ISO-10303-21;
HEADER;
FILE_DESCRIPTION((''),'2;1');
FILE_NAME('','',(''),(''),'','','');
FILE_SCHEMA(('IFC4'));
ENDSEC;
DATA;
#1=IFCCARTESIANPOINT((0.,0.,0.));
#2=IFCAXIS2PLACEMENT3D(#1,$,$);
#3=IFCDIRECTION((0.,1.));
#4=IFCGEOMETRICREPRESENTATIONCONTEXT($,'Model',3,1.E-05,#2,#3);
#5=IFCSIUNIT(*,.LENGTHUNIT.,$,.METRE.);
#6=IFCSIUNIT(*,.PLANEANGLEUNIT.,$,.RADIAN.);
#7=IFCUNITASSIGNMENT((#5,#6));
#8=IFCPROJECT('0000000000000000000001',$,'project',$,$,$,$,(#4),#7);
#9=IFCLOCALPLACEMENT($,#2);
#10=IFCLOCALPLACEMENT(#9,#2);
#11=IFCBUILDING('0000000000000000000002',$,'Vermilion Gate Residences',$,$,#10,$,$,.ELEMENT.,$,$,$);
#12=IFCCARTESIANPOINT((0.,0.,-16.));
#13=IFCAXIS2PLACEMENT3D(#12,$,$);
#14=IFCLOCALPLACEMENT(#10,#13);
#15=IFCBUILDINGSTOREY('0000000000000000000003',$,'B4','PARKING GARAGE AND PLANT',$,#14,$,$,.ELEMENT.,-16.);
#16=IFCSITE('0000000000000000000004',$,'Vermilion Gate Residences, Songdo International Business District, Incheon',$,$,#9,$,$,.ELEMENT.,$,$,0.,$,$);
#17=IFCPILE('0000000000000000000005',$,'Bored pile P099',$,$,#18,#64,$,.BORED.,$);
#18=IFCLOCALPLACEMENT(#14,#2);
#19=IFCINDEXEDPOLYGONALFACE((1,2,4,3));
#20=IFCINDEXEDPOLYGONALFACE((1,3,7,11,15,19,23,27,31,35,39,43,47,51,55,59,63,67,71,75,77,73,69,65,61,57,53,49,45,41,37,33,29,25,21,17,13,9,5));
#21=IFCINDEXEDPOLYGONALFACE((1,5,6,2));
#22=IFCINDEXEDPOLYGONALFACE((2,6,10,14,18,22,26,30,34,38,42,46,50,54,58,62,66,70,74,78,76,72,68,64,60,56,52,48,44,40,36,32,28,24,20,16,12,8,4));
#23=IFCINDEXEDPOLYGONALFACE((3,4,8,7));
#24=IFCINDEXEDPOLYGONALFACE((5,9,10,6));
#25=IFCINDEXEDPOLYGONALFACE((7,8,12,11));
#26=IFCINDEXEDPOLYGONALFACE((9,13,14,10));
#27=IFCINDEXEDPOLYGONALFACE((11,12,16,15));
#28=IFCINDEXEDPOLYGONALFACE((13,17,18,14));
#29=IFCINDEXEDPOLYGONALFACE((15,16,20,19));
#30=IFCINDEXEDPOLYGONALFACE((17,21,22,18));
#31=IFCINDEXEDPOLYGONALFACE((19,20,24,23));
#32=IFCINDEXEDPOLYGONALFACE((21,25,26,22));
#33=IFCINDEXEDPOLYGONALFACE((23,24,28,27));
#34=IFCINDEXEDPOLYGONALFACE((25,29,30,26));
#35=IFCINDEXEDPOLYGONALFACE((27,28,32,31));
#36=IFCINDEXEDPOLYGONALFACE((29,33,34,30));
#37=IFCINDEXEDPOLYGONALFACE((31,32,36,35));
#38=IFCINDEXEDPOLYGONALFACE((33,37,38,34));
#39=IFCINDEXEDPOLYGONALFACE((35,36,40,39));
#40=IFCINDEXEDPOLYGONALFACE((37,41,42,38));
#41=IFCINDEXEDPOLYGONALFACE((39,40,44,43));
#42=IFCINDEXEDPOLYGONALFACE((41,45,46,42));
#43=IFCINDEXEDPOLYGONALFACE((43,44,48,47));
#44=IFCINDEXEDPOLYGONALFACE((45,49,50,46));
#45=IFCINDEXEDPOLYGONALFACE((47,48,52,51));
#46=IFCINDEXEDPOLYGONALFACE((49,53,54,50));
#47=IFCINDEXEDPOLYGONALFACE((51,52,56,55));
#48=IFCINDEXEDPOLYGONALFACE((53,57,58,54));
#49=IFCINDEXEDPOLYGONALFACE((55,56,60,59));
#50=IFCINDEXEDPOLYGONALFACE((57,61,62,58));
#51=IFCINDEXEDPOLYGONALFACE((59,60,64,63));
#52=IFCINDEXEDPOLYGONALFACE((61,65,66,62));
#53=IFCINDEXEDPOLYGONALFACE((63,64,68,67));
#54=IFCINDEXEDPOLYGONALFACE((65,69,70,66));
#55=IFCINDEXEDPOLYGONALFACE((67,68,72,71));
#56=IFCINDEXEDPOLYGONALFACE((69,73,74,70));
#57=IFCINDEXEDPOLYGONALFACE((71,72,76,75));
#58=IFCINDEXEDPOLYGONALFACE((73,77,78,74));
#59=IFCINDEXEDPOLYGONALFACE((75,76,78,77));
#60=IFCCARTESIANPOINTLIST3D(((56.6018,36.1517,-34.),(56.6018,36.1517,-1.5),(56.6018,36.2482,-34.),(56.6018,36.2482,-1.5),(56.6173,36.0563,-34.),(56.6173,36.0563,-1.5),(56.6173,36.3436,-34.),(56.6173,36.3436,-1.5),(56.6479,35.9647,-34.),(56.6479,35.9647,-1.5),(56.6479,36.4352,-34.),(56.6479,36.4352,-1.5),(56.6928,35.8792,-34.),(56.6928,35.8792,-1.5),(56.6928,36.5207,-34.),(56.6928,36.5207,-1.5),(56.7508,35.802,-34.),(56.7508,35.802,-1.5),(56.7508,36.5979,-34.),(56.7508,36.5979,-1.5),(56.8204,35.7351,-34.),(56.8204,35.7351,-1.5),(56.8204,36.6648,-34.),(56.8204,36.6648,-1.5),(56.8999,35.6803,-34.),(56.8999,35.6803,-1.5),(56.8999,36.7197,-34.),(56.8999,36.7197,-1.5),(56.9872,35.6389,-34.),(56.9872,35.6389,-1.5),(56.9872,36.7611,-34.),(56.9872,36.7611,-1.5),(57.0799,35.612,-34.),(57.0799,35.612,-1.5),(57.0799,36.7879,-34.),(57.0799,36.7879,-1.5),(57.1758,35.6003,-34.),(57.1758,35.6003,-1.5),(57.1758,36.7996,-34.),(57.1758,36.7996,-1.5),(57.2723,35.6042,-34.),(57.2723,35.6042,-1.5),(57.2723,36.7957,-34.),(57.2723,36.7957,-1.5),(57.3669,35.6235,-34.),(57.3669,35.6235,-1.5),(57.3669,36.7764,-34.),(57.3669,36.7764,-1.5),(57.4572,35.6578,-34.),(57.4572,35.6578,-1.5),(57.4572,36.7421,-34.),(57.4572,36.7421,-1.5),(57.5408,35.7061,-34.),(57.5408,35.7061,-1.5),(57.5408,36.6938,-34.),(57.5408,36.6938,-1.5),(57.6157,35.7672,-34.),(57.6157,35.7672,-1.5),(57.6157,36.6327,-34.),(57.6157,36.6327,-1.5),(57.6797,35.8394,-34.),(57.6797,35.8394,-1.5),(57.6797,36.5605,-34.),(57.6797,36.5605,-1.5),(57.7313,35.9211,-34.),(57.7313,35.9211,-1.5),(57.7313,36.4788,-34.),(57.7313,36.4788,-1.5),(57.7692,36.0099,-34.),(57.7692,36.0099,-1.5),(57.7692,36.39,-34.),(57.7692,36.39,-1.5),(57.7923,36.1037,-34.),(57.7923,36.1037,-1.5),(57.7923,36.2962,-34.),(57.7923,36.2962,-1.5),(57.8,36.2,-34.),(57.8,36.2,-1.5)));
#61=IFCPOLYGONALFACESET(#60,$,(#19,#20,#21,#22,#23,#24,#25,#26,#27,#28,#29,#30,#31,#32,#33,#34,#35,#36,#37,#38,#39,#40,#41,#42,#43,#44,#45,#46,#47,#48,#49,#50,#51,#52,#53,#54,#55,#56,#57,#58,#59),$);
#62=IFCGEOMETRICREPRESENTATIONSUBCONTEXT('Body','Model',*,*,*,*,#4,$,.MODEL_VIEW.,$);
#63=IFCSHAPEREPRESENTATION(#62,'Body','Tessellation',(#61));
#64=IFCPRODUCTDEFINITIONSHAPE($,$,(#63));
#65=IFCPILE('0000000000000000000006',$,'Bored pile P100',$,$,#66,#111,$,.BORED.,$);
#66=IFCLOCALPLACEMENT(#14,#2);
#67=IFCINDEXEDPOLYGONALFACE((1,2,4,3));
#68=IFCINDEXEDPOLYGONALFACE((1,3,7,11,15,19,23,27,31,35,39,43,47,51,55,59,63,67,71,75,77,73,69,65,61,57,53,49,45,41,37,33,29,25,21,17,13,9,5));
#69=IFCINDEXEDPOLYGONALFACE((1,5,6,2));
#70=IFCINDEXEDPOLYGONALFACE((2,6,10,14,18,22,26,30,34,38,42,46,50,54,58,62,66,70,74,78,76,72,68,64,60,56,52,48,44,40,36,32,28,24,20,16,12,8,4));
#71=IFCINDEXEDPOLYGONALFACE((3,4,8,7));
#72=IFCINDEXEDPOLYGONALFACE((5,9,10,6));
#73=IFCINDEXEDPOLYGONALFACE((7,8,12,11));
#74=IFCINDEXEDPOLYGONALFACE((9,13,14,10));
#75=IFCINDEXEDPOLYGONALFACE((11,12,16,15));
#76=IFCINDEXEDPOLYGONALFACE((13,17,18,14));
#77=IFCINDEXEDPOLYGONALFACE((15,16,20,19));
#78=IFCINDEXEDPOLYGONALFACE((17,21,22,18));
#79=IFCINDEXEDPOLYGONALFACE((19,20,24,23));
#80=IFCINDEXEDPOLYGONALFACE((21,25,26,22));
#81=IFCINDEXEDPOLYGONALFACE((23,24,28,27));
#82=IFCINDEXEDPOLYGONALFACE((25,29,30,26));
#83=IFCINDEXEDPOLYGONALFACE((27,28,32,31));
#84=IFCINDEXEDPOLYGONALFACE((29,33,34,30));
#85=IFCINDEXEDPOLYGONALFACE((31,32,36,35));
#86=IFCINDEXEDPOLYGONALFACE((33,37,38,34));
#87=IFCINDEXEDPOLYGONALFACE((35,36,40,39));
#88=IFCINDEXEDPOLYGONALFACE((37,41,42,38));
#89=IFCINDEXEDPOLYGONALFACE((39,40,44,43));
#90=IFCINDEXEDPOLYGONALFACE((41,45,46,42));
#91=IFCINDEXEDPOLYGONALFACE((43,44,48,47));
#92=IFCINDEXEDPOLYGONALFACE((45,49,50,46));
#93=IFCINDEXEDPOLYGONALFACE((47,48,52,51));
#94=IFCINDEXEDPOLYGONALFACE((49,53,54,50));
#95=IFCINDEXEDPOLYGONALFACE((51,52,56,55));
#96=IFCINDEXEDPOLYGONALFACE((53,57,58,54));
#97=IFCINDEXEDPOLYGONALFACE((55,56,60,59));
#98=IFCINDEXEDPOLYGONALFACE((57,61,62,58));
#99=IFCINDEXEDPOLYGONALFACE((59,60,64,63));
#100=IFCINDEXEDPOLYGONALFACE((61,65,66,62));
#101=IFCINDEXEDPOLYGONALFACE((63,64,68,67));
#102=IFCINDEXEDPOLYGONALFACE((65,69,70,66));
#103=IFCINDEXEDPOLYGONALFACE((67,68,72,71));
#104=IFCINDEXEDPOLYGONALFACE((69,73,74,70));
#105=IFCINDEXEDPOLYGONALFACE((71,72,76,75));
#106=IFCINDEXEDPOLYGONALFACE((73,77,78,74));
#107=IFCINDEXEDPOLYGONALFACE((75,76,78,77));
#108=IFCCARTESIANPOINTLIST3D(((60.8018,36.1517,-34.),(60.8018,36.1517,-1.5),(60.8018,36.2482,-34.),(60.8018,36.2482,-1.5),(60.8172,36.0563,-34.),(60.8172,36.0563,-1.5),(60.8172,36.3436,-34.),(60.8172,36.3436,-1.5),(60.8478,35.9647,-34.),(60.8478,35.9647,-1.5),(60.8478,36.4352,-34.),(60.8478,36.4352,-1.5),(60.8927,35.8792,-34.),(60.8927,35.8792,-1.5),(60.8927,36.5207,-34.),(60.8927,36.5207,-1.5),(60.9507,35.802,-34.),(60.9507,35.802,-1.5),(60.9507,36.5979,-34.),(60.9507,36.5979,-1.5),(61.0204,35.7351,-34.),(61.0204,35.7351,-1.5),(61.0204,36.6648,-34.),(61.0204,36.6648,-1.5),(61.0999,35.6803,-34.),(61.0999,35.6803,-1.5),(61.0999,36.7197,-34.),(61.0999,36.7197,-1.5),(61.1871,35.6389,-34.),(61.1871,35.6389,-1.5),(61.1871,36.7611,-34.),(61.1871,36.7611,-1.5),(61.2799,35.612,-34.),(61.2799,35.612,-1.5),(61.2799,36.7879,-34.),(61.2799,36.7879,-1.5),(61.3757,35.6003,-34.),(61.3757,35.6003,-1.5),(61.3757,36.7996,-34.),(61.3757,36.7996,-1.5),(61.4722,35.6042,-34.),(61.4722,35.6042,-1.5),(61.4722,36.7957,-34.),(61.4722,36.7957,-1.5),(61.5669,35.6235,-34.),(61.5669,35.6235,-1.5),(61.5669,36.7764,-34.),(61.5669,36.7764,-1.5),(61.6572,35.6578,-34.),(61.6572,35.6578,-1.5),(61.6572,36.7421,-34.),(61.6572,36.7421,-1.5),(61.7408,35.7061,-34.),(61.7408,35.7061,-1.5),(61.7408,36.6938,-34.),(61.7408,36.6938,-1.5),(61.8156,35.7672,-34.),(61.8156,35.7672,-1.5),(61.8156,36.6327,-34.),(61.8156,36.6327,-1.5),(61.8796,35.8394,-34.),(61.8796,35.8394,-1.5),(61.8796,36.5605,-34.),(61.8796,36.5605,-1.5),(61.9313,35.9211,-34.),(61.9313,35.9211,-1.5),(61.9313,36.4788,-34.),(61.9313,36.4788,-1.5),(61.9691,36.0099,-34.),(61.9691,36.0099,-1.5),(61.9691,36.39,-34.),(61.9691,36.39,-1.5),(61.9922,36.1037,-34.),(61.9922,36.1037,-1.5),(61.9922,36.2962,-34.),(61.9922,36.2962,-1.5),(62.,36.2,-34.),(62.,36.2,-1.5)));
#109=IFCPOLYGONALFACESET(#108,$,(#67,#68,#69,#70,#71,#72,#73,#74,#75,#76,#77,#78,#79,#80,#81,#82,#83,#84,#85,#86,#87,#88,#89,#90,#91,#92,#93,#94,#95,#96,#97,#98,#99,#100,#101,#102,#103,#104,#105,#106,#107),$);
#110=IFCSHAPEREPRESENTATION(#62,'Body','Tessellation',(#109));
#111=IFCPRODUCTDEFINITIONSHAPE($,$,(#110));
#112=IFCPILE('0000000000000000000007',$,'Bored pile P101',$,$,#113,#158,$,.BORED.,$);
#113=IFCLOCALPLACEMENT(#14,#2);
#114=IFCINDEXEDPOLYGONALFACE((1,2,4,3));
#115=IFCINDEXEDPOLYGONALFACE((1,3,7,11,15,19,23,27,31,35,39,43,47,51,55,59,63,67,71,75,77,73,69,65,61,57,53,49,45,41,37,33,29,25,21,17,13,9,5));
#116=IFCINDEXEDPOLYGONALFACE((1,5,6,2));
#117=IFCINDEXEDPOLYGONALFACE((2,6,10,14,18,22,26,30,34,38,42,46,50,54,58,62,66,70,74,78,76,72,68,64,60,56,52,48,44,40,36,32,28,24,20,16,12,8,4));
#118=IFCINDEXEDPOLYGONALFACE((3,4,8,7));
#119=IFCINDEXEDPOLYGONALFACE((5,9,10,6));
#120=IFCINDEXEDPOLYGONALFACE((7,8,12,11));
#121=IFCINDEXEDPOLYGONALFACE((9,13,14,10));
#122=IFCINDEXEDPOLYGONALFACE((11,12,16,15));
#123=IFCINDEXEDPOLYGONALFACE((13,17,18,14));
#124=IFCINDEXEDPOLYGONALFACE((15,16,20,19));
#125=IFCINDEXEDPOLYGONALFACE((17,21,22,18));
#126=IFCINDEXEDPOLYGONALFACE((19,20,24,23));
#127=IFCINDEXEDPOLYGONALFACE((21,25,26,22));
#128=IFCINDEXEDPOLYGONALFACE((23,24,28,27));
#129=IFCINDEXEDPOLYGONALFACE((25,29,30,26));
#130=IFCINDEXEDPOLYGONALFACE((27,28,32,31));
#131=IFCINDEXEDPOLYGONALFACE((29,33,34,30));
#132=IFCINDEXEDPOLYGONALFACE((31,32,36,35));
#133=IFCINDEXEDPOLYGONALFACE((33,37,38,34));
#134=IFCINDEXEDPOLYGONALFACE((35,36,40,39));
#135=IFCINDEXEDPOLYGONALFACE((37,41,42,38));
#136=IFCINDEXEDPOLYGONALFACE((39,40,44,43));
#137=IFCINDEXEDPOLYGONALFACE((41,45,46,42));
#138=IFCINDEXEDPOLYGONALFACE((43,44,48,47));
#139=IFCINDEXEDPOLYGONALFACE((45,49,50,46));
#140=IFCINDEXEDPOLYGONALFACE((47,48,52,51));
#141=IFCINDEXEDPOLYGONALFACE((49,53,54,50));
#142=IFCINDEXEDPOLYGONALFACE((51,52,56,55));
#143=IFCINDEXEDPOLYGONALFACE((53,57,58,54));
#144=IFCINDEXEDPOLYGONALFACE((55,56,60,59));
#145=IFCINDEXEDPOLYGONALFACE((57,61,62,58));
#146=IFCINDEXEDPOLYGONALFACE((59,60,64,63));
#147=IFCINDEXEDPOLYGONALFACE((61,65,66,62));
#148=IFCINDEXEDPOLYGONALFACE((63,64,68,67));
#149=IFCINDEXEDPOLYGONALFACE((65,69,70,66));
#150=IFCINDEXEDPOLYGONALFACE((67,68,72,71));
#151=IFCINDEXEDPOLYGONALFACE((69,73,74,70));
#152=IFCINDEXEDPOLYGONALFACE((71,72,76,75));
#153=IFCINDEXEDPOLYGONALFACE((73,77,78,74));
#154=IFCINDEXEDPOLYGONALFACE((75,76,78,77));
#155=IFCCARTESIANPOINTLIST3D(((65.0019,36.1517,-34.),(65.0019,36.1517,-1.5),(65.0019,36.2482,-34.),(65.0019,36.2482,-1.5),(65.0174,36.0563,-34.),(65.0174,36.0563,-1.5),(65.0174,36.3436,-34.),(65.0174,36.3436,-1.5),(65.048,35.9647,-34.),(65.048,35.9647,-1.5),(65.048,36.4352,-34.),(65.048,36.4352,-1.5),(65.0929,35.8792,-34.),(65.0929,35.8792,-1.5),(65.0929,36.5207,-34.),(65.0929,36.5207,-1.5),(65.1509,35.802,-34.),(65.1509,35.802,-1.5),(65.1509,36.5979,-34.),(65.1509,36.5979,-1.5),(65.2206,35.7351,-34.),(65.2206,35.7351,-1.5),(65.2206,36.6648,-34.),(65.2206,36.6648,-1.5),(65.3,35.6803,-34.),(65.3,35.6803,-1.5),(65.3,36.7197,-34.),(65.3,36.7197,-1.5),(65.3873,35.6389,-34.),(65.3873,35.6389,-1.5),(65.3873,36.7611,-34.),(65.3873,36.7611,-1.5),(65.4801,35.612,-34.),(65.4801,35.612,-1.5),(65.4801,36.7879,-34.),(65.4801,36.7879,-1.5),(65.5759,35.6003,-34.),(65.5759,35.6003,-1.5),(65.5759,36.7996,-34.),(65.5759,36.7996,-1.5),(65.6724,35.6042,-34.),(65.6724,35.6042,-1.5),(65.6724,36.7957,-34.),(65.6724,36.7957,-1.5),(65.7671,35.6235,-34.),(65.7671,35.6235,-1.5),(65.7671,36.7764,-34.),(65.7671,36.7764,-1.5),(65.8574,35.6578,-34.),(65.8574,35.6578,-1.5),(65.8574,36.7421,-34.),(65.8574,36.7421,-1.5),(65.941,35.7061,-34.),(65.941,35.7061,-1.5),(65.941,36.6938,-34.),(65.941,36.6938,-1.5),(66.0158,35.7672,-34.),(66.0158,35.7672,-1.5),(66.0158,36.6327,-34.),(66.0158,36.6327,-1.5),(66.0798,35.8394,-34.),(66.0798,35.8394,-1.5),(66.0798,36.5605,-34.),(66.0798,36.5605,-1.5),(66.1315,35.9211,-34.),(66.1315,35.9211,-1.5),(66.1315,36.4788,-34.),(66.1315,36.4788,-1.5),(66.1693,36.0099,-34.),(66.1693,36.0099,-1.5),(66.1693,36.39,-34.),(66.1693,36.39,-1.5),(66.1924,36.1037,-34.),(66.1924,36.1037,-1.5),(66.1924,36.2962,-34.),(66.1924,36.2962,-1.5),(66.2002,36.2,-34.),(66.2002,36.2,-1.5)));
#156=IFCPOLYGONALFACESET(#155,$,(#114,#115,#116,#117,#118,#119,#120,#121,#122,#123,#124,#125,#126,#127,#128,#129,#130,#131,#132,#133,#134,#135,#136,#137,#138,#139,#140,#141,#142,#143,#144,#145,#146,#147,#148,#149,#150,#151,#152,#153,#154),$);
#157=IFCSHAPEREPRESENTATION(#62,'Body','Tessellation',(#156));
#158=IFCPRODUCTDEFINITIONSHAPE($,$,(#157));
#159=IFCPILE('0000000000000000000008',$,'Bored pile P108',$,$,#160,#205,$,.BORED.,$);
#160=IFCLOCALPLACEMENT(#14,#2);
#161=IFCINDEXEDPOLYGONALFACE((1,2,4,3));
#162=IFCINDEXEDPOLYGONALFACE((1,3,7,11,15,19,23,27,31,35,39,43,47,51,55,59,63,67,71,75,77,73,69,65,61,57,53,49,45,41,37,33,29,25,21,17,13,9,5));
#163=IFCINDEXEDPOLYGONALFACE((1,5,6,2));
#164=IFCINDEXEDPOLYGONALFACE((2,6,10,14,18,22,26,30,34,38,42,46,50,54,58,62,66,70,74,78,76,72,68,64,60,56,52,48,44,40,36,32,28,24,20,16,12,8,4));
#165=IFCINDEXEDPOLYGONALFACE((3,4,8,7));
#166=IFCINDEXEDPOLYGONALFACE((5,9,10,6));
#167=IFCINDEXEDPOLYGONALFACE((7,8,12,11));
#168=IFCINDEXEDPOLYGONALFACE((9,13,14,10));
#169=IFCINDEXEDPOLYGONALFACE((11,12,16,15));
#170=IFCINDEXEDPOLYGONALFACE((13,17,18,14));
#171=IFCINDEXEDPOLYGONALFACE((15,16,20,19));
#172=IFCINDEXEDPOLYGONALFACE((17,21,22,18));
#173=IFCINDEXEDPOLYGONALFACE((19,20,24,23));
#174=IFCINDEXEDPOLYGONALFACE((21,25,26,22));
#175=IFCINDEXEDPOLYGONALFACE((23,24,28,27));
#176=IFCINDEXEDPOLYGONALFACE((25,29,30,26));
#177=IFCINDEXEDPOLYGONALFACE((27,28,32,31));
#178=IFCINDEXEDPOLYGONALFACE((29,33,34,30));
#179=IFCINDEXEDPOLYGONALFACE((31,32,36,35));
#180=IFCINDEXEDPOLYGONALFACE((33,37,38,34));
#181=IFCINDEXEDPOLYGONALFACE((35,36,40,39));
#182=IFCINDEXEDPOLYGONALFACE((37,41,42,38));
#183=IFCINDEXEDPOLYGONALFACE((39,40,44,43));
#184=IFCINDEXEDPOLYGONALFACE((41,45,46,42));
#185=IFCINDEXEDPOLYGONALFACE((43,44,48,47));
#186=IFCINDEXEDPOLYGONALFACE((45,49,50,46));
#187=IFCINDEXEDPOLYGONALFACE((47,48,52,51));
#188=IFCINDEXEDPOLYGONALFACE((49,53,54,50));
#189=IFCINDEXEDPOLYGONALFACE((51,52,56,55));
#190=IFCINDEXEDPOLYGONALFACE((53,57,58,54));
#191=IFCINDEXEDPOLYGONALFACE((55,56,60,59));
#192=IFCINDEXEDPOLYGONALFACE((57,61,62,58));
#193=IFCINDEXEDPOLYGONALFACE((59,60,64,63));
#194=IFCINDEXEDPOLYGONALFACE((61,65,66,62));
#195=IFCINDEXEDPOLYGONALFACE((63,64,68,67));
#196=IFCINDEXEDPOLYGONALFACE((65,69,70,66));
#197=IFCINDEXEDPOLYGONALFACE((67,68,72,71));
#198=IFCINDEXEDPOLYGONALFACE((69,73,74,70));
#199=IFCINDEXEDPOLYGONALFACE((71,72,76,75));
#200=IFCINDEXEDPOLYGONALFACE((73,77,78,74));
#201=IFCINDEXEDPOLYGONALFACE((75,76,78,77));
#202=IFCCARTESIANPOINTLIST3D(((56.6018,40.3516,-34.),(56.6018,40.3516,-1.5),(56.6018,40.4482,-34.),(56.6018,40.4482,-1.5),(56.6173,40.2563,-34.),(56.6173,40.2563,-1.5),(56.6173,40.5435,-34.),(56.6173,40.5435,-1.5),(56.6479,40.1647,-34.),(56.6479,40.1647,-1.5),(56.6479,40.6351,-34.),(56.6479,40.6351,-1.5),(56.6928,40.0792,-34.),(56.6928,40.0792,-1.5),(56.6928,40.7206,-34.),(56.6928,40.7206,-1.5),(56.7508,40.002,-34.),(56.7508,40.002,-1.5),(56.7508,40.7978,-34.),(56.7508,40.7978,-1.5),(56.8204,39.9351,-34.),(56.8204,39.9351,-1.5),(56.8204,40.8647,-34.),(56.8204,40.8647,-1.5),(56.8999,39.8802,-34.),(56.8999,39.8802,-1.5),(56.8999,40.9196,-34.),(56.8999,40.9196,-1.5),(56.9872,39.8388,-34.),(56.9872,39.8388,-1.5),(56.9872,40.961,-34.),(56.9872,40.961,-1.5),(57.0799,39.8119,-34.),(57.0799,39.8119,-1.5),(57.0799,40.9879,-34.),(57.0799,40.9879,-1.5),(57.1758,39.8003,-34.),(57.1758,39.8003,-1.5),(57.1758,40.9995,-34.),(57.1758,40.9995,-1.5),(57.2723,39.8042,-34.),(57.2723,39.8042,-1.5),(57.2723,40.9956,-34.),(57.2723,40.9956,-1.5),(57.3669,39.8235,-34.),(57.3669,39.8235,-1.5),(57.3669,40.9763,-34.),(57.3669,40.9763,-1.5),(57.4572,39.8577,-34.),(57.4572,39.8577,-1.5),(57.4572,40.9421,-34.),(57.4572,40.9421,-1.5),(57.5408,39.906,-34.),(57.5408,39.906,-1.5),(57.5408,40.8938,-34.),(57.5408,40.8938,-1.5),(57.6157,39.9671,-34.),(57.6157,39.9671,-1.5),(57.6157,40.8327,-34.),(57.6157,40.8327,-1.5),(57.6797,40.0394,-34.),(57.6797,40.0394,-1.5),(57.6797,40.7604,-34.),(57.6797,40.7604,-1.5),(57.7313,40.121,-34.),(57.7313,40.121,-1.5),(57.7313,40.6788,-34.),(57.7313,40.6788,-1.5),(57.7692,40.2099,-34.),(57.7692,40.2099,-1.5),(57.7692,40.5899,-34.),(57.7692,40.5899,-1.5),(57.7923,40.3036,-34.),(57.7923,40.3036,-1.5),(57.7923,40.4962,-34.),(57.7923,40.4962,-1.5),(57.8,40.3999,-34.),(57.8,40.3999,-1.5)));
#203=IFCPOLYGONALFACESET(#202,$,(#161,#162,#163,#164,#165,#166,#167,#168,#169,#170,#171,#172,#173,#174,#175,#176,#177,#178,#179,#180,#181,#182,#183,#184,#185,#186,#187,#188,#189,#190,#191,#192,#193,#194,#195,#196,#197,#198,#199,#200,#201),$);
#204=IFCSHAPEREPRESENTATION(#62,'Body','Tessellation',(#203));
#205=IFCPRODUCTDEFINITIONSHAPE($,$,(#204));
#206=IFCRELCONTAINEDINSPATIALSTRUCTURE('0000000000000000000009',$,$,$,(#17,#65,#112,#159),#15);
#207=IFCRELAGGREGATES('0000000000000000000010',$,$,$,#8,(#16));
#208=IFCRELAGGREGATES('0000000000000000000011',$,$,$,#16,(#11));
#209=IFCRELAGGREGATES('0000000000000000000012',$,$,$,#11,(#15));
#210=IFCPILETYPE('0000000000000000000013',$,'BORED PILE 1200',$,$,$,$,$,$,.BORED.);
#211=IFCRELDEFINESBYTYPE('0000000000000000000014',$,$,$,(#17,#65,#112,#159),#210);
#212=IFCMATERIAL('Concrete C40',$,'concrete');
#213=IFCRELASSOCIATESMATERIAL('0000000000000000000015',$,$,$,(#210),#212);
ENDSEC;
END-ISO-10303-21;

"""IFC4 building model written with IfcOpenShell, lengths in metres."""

from ifc_helpers import new_model, si_unit, direction, frame, origin, origin_2d, place, context, subcontext, project, spatial, circle, extrude, material, material_profile, profile_set, type_object, element, save


model = new_model("IFC4")

# Units and contexts
model_context = context("Model", 3, precision=1e-05, world=origin(), true_north=direction((0.0, 1.0)))
body_context = subcontext(model_context, "Body", "Model", "MODEL_VIEW")
ifc_project = project(units=[si_unit("LENGTHUNIT", "METRE"), si_unit("PLANEANGLEUNIT", "RADIAN")], contexts=[model_context])

# Site, building, storey
site_placement = place(None, origin())
site = spatial("IfcSite", under=ifc_project, at=site_placement, Name="Vermilion Gate Residences, Songdo International Business District, Incheon", CompositionType="ELEMENT", RefElevation=0.0)
building_placement = place(site_placement, origin())
building = spatial("IfcBuilding", under=site, at=building_placement, Name="Vermilion Gate Residences", CompositionType="ELEMENT")
storey_placement = place(building_placement, frame((0.0, 0.0, -16.0)))
storey = spatial("IfcBuildingStorey", under=building, at=storey_placement, Name="B4", Description="PARKING GARAGE AND PLANT", CompositionType="ELEMENT", Elevation=-16.0)

# Piles
ifc_material_1 = material(Name="Concrete C40", Category="concrete")
ifc_material_profile_1 = material_profile(ifc_material_1, circle(Radius=0.6001, at=origin_2d()), Name="BORED PILE 1200")
ifc_profile_set_1 = profile_set([ifc_material_profile_1], Name="Concrete C40")
pile_type = type_object("IfcPileType", Name="BORED PILE 1200", PredefinedType="BORED", material=ifc_profile_set_1)
for number, where, z_axis, x_axis, name in (
    (1, (57.2, 36.2, -1.5), (0.0, 0.0, -1.0), (1.0, 0.0, 0.0), "Bored pile P099"),
    (2, (61.3999, 36.2, -1.5), (0.0, 0.0, -1.0), (1.0, 0.0, 0.0), "Bored pile P100"),
    (3, (65.6001, 36.2, -1.5), (0.0, 0.0, -1.0), (1.0, 0.0, 0.0), "Bored pile P101"),
    (4, (57.2, 40.3999, -1.5), (0.0, 0.0, -1.0), (1.0, 0.0, 0.0), "Bored pile P108"),
):
    element("IfcPile", number, at=place(storey_placement, frame(where, z_axis=z_axis, x_axis=x_axis)), inside=storey, type_object=pile_type, Name=name, PredefinedType="BORED", context=body_context, shape_type="SweptSolid", body=[
        extrude(circle(Radius=0.6001, at=origin_2d()), origin(), (0.0, 0.0, 1.0), 32.5),
    ])

save(model, "model.ifc")
